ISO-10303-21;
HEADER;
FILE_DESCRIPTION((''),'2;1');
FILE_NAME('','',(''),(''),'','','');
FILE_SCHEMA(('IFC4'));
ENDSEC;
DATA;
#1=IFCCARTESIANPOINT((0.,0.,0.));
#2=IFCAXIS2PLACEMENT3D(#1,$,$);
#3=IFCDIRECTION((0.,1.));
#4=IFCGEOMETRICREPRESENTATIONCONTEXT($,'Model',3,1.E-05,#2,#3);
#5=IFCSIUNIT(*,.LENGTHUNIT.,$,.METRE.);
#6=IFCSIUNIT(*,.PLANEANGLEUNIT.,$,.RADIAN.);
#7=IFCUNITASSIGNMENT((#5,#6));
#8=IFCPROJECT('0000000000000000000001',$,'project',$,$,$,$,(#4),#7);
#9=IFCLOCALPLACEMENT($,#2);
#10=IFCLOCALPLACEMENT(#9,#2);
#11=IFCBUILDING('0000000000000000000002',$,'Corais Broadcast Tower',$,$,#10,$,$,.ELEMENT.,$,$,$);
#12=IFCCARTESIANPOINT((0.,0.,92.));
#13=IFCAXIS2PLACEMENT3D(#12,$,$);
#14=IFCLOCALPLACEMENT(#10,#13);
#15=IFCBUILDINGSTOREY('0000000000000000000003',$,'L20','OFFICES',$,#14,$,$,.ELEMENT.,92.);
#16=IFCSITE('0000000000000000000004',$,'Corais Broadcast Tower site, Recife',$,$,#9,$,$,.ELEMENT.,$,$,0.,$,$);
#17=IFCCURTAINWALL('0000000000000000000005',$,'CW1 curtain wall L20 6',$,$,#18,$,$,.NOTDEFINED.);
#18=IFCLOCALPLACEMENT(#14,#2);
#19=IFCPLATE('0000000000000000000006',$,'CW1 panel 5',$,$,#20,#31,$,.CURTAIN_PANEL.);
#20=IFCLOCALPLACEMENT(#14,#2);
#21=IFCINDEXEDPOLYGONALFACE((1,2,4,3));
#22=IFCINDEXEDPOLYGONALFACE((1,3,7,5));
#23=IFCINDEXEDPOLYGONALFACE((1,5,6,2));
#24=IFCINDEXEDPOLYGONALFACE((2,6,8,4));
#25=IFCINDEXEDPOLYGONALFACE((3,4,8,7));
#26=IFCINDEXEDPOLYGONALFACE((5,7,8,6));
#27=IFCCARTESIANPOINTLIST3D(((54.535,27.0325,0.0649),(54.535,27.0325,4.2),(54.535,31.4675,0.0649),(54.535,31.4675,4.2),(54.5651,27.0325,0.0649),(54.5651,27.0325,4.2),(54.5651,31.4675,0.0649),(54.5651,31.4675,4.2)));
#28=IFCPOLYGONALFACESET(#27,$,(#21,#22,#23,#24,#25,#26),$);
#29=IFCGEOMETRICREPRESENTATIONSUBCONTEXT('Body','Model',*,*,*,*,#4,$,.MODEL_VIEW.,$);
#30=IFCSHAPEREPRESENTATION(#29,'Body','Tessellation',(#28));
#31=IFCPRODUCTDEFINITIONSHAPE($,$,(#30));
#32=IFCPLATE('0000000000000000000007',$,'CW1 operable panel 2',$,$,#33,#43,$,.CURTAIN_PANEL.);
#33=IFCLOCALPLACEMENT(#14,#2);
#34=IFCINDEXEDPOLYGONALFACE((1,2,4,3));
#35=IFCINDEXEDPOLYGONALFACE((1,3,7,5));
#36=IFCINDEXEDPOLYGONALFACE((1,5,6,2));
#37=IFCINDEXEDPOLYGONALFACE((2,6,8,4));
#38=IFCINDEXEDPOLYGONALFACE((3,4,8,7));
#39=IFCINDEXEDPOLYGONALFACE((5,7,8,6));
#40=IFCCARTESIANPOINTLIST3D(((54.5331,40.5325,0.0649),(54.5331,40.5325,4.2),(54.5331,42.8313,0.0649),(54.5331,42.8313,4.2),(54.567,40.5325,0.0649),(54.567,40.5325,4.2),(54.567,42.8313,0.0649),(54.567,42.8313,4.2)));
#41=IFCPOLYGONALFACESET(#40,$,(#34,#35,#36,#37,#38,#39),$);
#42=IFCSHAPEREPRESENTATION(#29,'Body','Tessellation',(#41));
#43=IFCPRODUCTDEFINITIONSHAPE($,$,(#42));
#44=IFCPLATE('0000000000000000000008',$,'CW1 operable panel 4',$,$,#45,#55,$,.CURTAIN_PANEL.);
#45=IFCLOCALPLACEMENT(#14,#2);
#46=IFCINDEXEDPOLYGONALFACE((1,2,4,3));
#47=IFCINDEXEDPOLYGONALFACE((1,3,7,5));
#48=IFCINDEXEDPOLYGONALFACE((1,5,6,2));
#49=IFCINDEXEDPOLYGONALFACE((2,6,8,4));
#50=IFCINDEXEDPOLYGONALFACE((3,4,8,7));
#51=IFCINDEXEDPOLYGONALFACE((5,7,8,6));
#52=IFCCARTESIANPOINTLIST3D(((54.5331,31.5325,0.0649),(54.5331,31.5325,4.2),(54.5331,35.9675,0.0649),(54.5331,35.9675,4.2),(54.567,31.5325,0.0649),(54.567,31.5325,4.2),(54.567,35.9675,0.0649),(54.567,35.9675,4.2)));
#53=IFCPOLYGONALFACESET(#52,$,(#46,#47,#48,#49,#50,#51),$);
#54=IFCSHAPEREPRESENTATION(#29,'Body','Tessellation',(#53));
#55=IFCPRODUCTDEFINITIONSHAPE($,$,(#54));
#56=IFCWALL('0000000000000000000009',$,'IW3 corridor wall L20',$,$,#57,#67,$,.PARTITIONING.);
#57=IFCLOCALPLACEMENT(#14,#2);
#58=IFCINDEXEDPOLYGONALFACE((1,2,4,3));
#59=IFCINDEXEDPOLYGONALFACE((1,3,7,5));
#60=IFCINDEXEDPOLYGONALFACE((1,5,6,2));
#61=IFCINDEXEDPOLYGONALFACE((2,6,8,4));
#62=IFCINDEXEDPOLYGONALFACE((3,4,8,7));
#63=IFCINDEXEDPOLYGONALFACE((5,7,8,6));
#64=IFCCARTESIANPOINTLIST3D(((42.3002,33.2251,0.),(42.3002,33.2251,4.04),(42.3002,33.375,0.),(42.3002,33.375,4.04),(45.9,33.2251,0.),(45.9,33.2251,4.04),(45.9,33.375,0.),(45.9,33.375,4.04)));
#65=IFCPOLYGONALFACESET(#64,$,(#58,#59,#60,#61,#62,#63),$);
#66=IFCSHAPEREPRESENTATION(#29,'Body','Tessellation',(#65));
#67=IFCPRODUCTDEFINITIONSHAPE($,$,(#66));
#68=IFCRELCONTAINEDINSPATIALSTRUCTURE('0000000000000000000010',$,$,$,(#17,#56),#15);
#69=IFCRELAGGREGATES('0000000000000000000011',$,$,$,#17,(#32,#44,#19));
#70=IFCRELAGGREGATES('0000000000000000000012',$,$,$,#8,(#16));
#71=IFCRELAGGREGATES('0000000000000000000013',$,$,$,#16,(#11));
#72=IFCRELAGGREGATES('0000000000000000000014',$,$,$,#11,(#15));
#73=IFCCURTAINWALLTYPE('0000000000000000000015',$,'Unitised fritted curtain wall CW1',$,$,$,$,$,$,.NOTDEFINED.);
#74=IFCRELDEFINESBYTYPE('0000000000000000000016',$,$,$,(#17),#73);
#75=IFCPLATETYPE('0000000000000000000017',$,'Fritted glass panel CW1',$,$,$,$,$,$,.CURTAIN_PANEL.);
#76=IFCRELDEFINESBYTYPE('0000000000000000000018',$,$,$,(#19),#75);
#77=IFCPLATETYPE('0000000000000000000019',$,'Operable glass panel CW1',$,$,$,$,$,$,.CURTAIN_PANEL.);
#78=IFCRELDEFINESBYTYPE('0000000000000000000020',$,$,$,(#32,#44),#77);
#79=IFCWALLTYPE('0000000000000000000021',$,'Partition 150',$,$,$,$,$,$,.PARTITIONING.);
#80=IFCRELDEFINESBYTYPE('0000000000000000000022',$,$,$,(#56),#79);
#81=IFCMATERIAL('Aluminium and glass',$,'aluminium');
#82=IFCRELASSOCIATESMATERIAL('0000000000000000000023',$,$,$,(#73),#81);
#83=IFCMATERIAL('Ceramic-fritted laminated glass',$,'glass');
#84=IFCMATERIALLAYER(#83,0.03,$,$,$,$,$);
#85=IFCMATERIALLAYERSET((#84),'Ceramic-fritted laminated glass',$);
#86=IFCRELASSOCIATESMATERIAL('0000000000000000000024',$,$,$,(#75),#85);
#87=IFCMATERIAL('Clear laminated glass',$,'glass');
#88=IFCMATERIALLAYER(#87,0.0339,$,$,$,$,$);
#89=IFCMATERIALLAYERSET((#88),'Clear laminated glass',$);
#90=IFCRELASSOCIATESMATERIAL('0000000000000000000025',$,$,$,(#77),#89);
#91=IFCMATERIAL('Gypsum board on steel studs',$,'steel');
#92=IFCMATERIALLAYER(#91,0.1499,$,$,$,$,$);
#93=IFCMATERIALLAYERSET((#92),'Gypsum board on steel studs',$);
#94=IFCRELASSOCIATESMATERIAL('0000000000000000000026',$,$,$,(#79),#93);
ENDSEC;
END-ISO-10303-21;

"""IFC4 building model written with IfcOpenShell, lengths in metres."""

from ifc_helpers import new_model, si_unit, direction, frame, frame_2d, origin, origin_2d, place, context, subcontext, project, spatial, rectangle, extrude, material, layer, layer_set, type_object, element, aggregate, save


model = new_model("IFC4")

# Units and contexts
model_context = context("Model", 3, precision=1e-05, world=origin(), true_north=direction((0.0, 1.0)))
body_context = subcontext(model_context, "Body", "Model", "MODEL_VIEW")
ifc_project = project(units=[si_unit("LENGTHUNIT", "METRE"), si_unit("PLANEANGLEUNIT", "RADIAN")], contexts=[model_context])

# Site, building, storey
site_placement = place(None, origin())
site = spatial("IfcSite", under=ifc_project, at=site_placement, Name="Corais Broadcast Tower site, Recife", CompositionType="ELEMENT", RefElevation=0.0)
building_placement = place(site_placement, origin())
building = spatial("IfcBuilding", under=site, at=building_placement, Name="Corais Broadcast Tower", CompositionType="ELEMENT")
storey_placement = place(building_placement, frame((0.0, 0.0, 92.0)))
storey = spatial("IfcBuildingStorey", under=building, at=storey_placement, Name="L20", Description="OFFICES", CompositionType="ELEMENT", Elevation=92.0)

# Curtain wall
ifc_material_1 = material(Name="Aluminium and glass", Category="aluminium")
curtain_wall_type = type_object("IfcCurtainWallType", Name="Unitised fritted curtain wall CW1", PredefinedType="NOTDEFINED", material=ifc_material_1)
curtain_wall_placement = place(storey_placement, origin())
curtain_wall = element("IfcCurtainWall", 1, at=curtain_wall_placement, inside=storey, type_object=curtain_wall_type, Name="CW1 curtain wall L20 6", PredefinedType="NOTDEFINED")

# Plates
ifc_material_2 = material(Name="Ceramic-fritted laminated glass", Category="glass")
ifc_layer_1 = layer(ifc_material_2, 0.03)
ifc_layer_set_1 = layer_set([ifc_layer_1], Name="Ceramic-fritted laminated glass")
plate_type_1 = type_object("IfcPlateType", Name="Fritted glass panel CW1", PredefinedType="CURTAIN_PANEL", material=ifc_layer_set_1)
plate_1_placement = place(storey_placement, frame((54.55, 29.25, 0.0649), z_axis=(0.0, 0.0, 1.0), x_axis=(0.0, -1.0, 0.0)))
plate_1 = element("IfcPlate", 2, at=plate_1_placement, type_object=plate_type_1, Name="CW1 panel 5", PredefinedType="CURTAIN_PANEL", context=body_context, shape_type="SweptSolid", body=[
    extrude(rectangle(XDim=4.4351, YDim=0.03, at=origin_2d()), origin(), (0.0, 0.0, 1.0), 4.135),
])
ifc_material_3 = material(Name="Clear laminated glass", Category="glass")
ifc_layer_2 = layer(ifc_material_3, 0.0339)
ifc_layer_set_2 = layer_set([ifc_layer_2], Name="Clear laminated glass")
plate_type_2 = type_object("IfcPlateType", Name="Operable glass panel CW1", PredefinedType="CURTAIN_PANEL", material=ifc_layer_set_2)
plate_2_placement = place(storey_placement, frame((54.55, 41.6819, 0.0649), z_axis=(0.0, 0.0, 1.0), x_axis=(0.0, -1.0, 0.0)))
plate_2 = element("IfcPlate", 3, at=plate_2_placement, type_object=plate_type_2, Name="CW1 operable panel 2", PredefinedType="CURTAIN_PANEL", context=body_context, shape_type="SweptSolid", body=[
    extrude(rectangle(XDim=2.2988, YDim=0.0339, at=origin_2d()), origin(), (0.0, 0.0, 1.0), 4.135),
])
plate_3_placement = place(storey_placement, frame((54.55, 33.75, 0.0649), z_axis=(0.0, 0.0, 1.0), x_axis=(0.0, -1.0, 0.0)))
plate_3 = element("IfcPlate", 4, at=plate_3_placement, type_object=plate_type_2, Name="CW1 operable panel 4", PredefinedType="CURTAIN_PANEL", context=body_context, shape_type="SweptSolid", body=[
    extrude(rectangle(XDim=4.4351, YDim=0.0339, at=origin_2d()), origin(), (0.0, 0.0, 1.0), 4.135),
])
aggregate(curtain_wall, [plate_2, plate_3, plate_1])

# Wall
ifc_material_4 = material(Name="Gypsum board on steel studs", Category="steel")
ifc_layer_3 = layer(ifc_material_4, 0.1499)
ifc_layer_set_3 = layer_set([ifc_layer_3], Name="Gypsum board on steel studs")
wall_type = type_object("IfcWallType", Name="Partition 150", PredefinedType="PARTITIONING", material=ifc_layer_set_3)
wall_placement = place(storey_placement, frame((45.8999, 33.3, 0.0), z_axis=(0.0, 0.0, 1.0), x_axis=(-1.0, 0.0, 0.0)))
element("IfcWall", 5, at=wall_placement, inside=storey, type_object=wall_type, Name="IW3 corridor wall L20", PredefinedType="PARTITIONING", context=body_context, shape_type="SweptSolid", body=[
    extrude(rectangle(XDim=3.5999, YDim=0.1499, at=frame_2d((1.7998, 0.0))), origin(), (0.0, 0.0, 1.0), 4.04),
])

save(model, "model.ifc")
